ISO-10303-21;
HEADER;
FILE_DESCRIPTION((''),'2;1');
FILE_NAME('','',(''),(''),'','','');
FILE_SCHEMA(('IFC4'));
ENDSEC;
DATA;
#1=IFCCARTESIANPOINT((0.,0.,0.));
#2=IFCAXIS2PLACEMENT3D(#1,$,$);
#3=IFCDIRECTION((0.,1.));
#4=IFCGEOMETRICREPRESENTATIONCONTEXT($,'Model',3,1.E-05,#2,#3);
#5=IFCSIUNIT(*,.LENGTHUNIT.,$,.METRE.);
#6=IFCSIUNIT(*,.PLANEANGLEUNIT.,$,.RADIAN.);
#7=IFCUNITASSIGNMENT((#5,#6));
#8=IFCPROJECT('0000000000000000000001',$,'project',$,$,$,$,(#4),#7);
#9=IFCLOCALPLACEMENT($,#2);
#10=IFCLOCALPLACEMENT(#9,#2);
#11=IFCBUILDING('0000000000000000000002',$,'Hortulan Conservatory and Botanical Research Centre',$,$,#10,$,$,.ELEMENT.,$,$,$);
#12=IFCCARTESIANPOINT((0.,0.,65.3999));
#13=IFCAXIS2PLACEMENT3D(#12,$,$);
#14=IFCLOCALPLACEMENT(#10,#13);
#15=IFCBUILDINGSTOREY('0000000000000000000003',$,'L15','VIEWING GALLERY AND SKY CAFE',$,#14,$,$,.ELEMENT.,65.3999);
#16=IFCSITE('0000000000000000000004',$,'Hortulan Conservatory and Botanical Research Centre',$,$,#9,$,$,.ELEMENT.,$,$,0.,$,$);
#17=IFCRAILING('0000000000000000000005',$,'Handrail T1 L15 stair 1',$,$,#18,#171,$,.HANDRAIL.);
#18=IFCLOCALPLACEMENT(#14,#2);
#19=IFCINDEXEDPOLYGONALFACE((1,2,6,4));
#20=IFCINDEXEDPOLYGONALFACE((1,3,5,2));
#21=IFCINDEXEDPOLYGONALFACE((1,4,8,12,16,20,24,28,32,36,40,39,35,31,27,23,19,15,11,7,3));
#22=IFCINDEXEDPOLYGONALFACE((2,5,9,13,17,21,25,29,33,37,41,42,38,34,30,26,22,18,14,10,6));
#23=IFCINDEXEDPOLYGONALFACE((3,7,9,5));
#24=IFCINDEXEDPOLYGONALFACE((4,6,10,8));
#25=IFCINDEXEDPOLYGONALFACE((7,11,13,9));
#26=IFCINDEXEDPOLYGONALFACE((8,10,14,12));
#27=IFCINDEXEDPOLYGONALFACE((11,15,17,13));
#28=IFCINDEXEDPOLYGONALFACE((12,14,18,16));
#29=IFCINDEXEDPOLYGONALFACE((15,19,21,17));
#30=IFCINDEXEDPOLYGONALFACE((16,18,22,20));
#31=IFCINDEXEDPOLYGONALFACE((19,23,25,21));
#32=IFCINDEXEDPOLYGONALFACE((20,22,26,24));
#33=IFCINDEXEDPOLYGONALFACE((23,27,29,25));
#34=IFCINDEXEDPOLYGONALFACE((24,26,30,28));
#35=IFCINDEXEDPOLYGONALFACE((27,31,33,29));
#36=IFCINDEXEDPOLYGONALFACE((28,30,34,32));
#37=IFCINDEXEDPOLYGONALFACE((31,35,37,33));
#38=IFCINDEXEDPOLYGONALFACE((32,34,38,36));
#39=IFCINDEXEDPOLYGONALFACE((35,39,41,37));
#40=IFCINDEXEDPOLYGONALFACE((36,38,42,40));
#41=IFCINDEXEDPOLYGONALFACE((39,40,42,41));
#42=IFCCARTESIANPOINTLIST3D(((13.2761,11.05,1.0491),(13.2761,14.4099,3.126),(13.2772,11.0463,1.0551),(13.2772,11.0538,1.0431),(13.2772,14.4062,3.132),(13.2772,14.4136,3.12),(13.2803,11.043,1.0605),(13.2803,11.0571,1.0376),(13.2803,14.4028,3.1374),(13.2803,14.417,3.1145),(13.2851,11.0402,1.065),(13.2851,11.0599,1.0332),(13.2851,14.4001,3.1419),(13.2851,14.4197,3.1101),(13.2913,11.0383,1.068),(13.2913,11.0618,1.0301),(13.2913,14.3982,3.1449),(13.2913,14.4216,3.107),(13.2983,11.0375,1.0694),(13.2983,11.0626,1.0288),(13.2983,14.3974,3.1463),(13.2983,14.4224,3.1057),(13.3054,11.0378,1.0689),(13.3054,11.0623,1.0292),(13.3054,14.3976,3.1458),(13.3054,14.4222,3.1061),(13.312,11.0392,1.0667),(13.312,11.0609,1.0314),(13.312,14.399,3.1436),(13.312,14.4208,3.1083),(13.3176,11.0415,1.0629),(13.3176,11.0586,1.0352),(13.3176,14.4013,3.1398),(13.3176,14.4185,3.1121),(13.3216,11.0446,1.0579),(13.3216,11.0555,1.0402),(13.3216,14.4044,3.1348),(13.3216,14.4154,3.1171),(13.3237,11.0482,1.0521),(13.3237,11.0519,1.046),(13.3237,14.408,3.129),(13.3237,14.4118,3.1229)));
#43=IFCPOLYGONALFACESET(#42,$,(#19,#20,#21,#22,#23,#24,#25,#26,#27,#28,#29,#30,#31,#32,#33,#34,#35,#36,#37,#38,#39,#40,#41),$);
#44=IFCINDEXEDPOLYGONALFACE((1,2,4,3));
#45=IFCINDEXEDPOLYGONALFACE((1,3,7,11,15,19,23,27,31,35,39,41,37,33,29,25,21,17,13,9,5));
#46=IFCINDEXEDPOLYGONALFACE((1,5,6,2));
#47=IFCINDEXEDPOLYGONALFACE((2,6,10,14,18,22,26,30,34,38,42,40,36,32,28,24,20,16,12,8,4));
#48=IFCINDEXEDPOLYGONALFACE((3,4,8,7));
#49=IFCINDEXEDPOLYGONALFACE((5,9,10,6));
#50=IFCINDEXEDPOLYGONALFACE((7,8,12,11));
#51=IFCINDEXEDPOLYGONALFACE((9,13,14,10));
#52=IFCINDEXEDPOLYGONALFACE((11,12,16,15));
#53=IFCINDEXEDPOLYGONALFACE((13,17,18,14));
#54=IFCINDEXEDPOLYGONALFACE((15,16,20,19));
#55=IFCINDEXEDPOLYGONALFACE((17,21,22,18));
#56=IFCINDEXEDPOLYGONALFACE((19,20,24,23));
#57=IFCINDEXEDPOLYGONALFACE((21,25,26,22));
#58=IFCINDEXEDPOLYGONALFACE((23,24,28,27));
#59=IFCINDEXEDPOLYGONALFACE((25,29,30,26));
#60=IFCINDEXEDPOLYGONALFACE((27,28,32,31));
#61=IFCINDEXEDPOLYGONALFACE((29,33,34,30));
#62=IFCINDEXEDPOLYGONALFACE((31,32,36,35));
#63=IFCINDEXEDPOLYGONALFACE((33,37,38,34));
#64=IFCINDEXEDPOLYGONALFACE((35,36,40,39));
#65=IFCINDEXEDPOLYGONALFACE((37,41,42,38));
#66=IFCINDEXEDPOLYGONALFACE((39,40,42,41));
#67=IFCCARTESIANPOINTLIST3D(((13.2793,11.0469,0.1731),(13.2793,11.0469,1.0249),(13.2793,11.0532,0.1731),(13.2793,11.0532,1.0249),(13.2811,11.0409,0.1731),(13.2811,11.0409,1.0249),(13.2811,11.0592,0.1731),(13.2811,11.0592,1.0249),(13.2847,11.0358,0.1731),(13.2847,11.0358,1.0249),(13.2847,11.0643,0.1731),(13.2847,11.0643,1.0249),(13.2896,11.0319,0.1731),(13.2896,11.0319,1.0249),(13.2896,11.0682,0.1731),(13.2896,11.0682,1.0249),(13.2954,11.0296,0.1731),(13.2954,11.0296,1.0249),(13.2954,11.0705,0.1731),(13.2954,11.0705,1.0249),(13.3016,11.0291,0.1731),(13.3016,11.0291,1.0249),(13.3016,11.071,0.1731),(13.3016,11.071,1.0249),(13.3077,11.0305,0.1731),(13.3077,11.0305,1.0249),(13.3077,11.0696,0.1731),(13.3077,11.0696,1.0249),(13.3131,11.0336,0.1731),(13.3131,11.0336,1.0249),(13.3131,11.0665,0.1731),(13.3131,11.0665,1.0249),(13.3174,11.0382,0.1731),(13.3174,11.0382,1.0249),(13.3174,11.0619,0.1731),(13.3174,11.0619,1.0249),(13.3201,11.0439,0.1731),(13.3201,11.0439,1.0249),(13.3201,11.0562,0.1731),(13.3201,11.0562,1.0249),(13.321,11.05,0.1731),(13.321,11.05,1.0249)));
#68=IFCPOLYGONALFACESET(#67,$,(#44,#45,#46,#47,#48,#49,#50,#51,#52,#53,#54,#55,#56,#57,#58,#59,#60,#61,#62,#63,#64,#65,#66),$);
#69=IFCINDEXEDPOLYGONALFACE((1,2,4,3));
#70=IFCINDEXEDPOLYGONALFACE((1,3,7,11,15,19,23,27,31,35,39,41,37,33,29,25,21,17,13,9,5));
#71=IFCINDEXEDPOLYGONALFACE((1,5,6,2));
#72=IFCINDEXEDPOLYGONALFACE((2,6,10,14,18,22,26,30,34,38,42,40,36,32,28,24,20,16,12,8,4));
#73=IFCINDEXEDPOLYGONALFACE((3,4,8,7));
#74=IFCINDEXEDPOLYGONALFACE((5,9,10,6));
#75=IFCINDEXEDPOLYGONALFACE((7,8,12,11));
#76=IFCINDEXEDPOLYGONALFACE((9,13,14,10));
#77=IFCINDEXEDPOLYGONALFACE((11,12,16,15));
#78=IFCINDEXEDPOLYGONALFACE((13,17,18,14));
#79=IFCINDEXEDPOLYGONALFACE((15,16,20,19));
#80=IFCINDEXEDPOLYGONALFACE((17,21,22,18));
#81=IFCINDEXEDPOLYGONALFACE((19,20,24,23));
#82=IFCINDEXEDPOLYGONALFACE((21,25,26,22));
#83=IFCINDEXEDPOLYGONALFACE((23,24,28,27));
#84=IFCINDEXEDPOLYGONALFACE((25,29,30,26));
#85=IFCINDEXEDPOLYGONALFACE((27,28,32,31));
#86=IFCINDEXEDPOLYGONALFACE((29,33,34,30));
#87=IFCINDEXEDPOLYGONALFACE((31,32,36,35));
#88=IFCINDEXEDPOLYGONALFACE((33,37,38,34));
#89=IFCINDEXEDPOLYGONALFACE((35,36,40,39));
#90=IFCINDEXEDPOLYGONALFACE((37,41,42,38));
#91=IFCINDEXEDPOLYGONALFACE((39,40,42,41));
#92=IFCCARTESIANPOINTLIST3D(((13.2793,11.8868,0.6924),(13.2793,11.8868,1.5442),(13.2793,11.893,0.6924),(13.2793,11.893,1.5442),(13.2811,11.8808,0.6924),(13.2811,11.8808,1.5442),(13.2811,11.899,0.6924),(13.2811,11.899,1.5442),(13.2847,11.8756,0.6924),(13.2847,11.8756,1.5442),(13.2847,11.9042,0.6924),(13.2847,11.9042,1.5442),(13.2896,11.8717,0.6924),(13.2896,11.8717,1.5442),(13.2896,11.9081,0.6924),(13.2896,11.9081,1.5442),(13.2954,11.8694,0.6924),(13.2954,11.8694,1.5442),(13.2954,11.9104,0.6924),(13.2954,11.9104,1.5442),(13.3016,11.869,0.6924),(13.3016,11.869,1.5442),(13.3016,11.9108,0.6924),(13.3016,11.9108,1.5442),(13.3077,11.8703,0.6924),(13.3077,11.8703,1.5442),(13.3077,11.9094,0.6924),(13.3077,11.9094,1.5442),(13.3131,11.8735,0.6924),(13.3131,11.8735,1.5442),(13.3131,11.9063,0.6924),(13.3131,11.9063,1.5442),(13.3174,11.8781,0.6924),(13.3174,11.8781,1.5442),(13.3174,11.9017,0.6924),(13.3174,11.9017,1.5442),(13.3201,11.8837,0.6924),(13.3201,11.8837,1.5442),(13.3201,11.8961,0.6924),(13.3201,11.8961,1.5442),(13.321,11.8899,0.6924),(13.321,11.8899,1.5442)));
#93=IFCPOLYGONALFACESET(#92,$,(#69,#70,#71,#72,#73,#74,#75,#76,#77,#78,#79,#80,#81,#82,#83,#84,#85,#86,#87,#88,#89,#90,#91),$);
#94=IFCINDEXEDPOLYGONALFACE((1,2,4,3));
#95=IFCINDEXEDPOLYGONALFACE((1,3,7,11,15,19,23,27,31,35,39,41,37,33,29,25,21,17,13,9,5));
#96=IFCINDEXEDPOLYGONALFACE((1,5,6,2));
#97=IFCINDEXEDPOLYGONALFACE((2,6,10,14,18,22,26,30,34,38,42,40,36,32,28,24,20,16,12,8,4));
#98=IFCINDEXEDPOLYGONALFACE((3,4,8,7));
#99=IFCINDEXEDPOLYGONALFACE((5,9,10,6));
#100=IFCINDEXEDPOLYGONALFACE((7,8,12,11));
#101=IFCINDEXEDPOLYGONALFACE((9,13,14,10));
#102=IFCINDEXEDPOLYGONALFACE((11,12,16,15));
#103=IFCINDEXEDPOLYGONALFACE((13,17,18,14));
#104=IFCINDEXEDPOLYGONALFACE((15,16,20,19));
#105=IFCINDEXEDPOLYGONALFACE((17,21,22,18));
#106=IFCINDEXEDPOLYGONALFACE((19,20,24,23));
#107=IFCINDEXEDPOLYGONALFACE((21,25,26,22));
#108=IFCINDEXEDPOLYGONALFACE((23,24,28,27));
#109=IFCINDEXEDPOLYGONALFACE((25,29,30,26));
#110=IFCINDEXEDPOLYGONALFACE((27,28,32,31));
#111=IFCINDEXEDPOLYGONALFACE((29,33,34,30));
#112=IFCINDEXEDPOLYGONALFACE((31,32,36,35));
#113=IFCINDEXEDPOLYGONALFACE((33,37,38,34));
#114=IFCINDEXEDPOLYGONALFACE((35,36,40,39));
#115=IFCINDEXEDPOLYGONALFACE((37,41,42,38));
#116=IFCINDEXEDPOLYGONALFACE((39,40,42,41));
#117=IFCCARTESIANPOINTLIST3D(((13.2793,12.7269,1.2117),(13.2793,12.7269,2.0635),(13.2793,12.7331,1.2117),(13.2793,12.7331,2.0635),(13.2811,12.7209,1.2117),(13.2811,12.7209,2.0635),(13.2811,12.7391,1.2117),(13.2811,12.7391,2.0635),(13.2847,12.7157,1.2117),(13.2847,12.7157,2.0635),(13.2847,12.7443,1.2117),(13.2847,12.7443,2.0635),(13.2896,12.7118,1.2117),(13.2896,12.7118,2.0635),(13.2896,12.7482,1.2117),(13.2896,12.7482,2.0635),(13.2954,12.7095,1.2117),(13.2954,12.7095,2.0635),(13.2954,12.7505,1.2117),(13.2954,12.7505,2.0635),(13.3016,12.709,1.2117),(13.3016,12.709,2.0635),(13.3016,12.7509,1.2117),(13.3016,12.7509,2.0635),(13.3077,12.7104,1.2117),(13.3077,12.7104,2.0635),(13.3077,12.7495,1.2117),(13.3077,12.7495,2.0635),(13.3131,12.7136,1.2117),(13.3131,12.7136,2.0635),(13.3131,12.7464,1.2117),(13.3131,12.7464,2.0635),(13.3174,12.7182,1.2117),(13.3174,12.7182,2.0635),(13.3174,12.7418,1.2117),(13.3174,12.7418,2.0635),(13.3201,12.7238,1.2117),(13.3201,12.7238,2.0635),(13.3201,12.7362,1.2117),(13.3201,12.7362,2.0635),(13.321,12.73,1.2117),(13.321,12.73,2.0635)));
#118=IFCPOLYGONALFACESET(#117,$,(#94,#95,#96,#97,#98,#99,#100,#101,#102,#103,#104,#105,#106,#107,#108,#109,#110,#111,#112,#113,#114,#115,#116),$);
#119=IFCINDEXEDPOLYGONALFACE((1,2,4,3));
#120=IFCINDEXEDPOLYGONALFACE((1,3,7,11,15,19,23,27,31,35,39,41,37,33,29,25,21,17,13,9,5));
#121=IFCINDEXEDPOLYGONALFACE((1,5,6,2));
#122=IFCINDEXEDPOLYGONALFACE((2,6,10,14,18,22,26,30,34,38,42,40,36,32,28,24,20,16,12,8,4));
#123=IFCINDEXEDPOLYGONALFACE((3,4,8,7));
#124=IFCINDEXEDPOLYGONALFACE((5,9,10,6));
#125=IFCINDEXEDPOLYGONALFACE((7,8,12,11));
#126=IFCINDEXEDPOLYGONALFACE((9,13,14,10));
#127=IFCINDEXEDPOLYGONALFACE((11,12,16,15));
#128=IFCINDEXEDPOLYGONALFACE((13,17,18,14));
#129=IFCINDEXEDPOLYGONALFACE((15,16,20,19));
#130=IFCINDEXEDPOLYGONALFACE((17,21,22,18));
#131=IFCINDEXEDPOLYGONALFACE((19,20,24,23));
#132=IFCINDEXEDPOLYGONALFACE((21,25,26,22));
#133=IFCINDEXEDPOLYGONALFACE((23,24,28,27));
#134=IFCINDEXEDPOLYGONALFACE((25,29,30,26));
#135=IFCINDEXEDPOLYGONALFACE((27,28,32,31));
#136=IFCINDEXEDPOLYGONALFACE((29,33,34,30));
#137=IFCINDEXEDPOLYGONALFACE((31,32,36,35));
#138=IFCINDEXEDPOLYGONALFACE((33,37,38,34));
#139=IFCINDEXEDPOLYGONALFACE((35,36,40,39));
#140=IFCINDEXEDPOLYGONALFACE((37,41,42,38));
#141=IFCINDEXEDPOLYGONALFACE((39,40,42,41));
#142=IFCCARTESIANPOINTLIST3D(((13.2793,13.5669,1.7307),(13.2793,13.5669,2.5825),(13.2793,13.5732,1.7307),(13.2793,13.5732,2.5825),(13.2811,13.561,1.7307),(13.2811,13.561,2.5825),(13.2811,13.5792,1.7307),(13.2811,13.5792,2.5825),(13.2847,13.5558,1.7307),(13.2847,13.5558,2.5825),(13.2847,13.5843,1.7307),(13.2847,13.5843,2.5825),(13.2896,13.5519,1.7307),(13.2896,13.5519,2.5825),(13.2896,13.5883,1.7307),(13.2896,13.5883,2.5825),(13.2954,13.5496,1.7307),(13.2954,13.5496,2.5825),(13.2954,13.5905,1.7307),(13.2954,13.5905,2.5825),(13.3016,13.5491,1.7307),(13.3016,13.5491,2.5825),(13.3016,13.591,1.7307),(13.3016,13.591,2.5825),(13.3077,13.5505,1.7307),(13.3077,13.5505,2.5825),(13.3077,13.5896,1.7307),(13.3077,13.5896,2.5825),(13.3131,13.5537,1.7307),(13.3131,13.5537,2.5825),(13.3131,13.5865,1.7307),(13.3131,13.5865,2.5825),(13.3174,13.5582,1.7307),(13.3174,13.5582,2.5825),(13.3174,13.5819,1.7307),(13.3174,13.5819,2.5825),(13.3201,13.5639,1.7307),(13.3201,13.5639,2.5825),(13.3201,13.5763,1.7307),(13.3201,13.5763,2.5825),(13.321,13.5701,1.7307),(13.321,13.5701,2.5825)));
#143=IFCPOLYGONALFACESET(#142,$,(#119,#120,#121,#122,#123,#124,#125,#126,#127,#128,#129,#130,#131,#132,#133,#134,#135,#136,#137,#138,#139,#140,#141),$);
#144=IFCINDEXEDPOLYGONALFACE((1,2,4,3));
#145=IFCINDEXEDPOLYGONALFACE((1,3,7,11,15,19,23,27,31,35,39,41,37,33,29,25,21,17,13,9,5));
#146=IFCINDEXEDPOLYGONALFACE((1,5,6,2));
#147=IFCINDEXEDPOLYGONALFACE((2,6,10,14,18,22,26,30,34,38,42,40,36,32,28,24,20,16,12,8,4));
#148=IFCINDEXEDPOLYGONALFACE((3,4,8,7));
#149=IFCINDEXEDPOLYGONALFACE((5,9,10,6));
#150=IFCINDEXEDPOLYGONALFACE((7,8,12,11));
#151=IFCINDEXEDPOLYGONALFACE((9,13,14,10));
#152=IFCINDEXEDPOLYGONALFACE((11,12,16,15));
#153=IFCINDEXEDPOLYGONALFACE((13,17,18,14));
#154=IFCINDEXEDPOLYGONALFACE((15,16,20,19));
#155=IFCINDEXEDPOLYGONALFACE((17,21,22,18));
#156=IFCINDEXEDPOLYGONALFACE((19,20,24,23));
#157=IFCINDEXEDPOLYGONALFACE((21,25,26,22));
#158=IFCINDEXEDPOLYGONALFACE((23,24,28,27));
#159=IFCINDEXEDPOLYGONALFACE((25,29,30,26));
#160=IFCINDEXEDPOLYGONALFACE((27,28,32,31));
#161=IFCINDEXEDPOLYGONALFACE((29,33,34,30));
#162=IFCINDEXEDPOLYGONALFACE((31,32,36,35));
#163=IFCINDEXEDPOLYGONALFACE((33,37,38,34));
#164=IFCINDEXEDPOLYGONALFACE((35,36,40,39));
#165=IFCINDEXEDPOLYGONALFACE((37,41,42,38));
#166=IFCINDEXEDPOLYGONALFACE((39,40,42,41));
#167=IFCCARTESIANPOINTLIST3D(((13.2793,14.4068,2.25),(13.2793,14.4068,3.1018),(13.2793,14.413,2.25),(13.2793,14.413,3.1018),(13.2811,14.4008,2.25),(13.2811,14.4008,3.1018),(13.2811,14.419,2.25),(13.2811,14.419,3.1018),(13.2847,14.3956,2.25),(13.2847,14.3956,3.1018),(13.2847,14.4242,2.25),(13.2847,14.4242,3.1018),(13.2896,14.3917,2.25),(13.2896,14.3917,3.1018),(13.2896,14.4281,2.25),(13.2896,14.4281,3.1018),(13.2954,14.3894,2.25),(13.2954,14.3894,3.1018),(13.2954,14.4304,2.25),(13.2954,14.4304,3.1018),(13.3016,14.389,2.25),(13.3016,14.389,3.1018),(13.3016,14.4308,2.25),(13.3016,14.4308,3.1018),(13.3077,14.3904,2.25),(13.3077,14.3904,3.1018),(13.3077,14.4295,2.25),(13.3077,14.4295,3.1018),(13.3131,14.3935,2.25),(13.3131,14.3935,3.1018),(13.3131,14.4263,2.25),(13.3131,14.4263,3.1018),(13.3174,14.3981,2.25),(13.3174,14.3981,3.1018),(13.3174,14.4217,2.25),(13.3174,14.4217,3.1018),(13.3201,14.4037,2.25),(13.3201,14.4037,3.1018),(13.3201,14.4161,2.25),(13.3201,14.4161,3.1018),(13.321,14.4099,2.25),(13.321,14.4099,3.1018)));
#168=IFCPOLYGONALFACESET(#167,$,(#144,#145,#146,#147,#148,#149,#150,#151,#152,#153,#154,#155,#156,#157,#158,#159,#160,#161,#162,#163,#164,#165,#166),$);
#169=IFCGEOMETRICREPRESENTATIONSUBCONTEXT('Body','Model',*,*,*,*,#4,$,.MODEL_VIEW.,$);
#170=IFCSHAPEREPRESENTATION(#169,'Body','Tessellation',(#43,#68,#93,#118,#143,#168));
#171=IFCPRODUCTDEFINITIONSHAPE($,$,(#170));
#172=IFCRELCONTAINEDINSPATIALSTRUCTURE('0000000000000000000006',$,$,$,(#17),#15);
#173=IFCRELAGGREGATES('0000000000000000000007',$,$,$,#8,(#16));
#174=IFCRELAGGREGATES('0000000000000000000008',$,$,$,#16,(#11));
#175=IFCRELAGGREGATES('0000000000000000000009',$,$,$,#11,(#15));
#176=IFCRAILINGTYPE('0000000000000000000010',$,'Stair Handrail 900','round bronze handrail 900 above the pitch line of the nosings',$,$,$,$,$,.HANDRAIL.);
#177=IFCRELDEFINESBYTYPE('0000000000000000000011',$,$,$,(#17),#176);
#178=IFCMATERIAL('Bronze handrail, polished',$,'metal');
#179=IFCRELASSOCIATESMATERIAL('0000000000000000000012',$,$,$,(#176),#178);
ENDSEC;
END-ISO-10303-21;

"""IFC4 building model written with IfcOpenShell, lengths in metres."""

from ifc_helpers import new_model, si_unit, direction, frame, origin, origin_2d, place, context, subcontext, project, spatial, circle, extrude, material, type_object, element, save


model = new_model("IFC4")

# Units and contexts
model_context = context("Model", 3, precision=1e-05, world=origin(), true_north=direction((0.0, 1.0)))
body_context = subcontext(model_context, "Body", "Model", "MODEL_VIEW")
ifc_project = project(units=[si_unit("LENGTHUNIT", "METRE"), si_unit("PLANEANGLEUNIT", "RADIAN")], contexts=[model_context])

# Site, building, storey
site_placement = place(None, origin())
site = spatial("IfcSite", under=ifc_project, at=site_placement, Name="Hortulan Conservatory and Botanical Research Centre", CompositionType="ELEMENT", RefElevation=0.0)
building_placement = place(site_placement, origin())
building = spatial("IfcBuilding", under=site, at=building_placement, Name="Hortulan Conservatory and Botanical Research Centre", CompositionType="ELEMENT")
storey_placement = place(building_placement, frame((0.0, 0.0, 65.3999)))
storey = spatial("IfcBuildingStorey", under=building, at=storey_placement, Name="L15", Description="VIEWING GALLERY AND SKY CAFE", CompositionType="ELEMENT", Elevation=65.3999)

# Railing
ifc_material_1 = material(Name="Bronze handrail, polished", Category="metal")
railing_type_1 = type_object("IfcRailingType", Name="Stair Handrail 900", Description="round bronze handrail 900 above the pitch line of the nosings", PredefinedType="HANDRAIL", material=ifc_material_1)
railing_1_placement = place(storey_placement, frame((13.3, 11.05, 0.1731)))
element("IfcRailing", 1, at=railing_1_placement, inside=storey, type_object=railing_type_1, Name="Handrail T1 L15 stair 1", PredefinedType="HANDRAIL", context=body_context, shape_type="SweptSolid", body=[
    extrude(circle(Radius=0.0239, at=origin_2d()), frame((0.0, 0.0, 0.876), z_axis=(0.0, 0.850606, 0.525803), x_axis=(-1.0, 0.0, 0.0)), (0.0, 0.0, 1.0), 3.95),
    extrude(circle(Radius=0.021, at=origin_2d()), origin(), (0.0, 0.0, 1.0), 0.8518),
    extrude(circle(Radius=0.021, at=origin_2d()), frame((0.0, 0.8398, 0.5193)), (0.0, 0.0, 1.0), 0.8518),
    extrude(circle(Radius=0.021, at=origin_2d()), frame((0.0, 1.6799, 1.0386)), (0.0, 0.0, 1.0), 0.8518),
    extrude(circle(Radius=0.021, at=origin_2d()), frame((0.0, 2.52, 1.5576)), (0.0, 0.0, 1.0), 0.8518),
    extrude(circle(Radius=0.021, at=origin_2d()), frame((0.0, 3.3599, 2.0769)), (0.0, 0.0, 1.0), 0.8518),
])

save(model, "model.ifc")
